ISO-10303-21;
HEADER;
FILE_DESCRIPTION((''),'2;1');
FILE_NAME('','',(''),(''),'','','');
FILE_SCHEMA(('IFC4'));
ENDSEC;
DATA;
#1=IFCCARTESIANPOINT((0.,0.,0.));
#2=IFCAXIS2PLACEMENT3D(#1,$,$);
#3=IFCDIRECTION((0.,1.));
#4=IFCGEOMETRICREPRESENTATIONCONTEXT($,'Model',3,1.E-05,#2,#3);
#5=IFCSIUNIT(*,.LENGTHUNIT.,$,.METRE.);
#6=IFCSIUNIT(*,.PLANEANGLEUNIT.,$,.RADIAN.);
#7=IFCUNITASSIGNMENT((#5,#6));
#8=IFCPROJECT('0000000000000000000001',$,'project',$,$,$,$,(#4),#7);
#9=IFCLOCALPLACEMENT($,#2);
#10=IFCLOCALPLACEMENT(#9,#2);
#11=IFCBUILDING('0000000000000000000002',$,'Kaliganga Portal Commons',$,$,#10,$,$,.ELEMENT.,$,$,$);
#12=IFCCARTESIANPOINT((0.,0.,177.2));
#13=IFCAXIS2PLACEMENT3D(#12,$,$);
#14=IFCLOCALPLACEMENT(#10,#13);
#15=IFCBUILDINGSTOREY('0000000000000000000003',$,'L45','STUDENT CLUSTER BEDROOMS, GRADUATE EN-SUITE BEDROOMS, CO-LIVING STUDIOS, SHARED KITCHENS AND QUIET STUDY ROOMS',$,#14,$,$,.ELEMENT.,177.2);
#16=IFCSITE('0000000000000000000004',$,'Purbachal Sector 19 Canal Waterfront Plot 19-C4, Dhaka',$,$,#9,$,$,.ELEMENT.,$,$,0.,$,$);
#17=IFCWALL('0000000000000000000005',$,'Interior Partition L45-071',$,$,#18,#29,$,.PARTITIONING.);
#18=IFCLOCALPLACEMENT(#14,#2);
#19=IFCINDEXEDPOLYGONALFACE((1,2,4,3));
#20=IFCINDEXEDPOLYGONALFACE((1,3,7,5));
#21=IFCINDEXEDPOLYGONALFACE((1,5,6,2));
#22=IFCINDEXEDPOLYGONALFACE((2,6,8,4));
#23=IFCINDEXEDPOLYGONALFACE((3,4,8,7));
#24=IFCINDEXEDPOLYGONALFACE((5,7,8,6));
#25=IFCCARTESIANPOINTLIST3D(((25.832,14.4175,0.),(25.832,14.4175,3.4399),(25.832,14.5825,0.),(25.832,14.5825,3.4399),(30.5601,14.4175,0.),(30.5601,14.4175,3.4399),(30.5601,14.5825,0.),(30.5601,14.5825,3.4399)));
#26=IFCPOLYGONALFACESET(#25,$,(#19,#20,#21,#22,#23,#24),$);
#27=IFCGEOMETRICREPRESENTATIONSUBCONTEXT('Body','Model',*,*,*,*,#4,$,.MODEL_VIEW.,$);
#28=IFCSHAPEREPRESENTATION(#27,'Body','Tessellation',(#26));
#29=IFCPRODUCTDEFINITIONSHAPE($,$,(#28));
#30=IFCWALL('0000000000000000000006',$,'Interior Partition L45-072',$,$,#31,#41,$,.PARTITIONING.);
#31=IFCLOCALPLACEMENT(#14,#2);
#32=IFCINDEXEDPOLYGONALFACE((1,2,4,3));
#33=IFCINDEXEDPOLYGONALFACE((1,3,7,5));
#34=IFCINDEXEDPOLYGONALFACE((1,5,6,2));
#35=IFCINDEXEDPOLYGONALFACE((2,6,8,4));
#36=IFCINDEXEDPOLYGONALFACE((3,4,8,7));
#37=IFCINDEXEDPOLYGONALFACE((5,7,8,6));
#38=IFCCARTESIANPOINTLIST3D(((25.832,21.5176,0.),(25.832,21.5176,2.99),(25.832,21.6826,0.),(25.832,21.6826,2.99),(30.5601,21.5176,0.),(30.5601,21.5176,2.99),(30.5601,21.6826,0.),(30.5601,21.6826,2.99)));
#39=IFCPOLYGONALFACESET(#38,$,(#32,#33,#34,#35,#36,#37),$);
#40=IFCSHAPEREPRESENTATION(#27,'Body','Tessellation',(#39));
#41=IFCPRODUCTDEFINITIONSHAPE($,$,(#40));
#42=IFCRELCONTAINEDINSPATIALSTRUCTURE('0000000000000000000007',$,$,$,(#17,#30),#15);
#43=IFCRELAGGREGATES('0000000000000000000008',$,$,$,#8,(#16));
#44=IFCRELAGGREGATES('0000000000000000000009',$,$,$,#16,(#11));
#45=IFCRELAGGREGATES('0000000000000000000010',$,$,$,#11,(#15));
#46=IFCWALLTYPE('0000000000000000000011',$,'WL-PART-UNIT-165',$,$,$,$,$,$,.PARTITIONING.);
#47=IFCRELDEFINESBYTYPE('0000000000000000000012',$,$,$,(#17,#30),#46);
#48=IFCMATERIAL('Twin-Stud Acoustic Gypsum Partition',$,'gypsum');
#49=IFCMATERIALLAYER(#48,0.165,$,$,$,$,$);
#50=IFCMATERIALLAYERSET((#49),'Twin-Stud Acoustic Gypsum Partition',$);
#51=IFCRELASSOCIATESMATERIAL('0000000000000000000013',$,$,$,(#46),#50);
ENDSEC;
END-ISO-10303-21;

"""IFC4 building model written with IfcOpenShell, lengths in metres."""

from ifc_helpers import new_model, si_unit, direction, frame, frame_2d, origin, place, context, subcontext, project, spatial, rectangle, extrude, material, layer, layer_set, type_object, element, save


model = new_model("IFC4")

# Units and contexts
model_context = context("Model", 3, precision=1e-05, world=origin(), true_north=direction((0.0, 1.0)))
body_context = subcontext(model_context, "Body", "Model", "MODEL_VIEW")
ifc_project = project(units=[si_unit("LENGTHUNIT", "METRE"), si_unit("PLANEANGLEUNIT", "RADIAN")], contexts=[model_context])

# Site, building, storey
site_placement = place(None, origin())
site = spatial("IfcSite", under=ifc_project, at=site_placement, Name="Purbachal Sector 19 Canal Waterfront Plot 19-C4, Dhaka", CompositionType="ELEMENT", RefElevation=0.0)
building_placement = place(site_placement, origin())
building = spatial("IfcBuilding", under=site, at=building_placement, Name="Kaliganga Portal Commons", CompositionType="ELEMENT")
storey_placement = place(building_placement, frame((0.0, 0.0, 177.2)))
storey = spatial("IfcBuildingStorey", under=building, at=storey_placement, Name="L45", Description="STUDENT CLUSTER BEDROOMS, GRADUATE EN-SUITE BEDROOMS, CO-LIVING STUDIOS, SHARED KITCHENS AND QUIET STUDY ROOMS", CompositionType="ELEMENT", Elevation=177.2)

# Walls
ifc_material_1 = material(Name="Twin-Stud Acoustic Gypsum Partition", Category="gypsum")
ifc_layer_1 = layer(ifc_material_1, 0.165)
ifc_layer_set_1 = layer_set([ifc_layer_1], Name="Twin-Stud Acoustic Gypsum Partition")
wall_type_1 = type_object("IfcWallType", Name="WL-PART-UNIT-165", PredefinedType="PARTITIONING", material=ifc_layer_set_1)
wall_1_placement = place(storey_placement, frame((25.832, 14.5, 0.0), z_axis=(0.0, 0.0, 1.0), x_axis=(1.0, 0.0, 0.0)))
element("IfcWall", 1, at=wall_1_placement, inside=storey, type_object=wall_type_1, Name="Interior Partition L45-071", PredefinedType="PARTITIONING", context=body_context, shape_type="SweptSolid", body=[
    extrude(rectangle(XDim=4.728, YDim=0.165, at=frame_2d((2.364, 0.0))), origin(), (0.0, 0.0, 1.0), 3.4399),
])
wall_2_placement = place(storey_placement, frame((25.832, 21.6001, 0.0), z_axis=(0.0, 0.0, 1.0), x_axis=(1.0, 0.0, 0.0)))
element("IfcWall", 2, at=wall_2_placement, inside=storey, type_object=wall_type_1, Name="Interior Partition L45-072", PredefinedType="PARTITIONING", context=body_context, shape_type="SweptSolid", body=[
    extrude(rectangle(XDim=4.728, YDim=0.165, at=frame_2d((2.364, 0.0))), origin(), (0.0, 0.0, 1.0), 2.99),
])

save(model, "model.ifc")
